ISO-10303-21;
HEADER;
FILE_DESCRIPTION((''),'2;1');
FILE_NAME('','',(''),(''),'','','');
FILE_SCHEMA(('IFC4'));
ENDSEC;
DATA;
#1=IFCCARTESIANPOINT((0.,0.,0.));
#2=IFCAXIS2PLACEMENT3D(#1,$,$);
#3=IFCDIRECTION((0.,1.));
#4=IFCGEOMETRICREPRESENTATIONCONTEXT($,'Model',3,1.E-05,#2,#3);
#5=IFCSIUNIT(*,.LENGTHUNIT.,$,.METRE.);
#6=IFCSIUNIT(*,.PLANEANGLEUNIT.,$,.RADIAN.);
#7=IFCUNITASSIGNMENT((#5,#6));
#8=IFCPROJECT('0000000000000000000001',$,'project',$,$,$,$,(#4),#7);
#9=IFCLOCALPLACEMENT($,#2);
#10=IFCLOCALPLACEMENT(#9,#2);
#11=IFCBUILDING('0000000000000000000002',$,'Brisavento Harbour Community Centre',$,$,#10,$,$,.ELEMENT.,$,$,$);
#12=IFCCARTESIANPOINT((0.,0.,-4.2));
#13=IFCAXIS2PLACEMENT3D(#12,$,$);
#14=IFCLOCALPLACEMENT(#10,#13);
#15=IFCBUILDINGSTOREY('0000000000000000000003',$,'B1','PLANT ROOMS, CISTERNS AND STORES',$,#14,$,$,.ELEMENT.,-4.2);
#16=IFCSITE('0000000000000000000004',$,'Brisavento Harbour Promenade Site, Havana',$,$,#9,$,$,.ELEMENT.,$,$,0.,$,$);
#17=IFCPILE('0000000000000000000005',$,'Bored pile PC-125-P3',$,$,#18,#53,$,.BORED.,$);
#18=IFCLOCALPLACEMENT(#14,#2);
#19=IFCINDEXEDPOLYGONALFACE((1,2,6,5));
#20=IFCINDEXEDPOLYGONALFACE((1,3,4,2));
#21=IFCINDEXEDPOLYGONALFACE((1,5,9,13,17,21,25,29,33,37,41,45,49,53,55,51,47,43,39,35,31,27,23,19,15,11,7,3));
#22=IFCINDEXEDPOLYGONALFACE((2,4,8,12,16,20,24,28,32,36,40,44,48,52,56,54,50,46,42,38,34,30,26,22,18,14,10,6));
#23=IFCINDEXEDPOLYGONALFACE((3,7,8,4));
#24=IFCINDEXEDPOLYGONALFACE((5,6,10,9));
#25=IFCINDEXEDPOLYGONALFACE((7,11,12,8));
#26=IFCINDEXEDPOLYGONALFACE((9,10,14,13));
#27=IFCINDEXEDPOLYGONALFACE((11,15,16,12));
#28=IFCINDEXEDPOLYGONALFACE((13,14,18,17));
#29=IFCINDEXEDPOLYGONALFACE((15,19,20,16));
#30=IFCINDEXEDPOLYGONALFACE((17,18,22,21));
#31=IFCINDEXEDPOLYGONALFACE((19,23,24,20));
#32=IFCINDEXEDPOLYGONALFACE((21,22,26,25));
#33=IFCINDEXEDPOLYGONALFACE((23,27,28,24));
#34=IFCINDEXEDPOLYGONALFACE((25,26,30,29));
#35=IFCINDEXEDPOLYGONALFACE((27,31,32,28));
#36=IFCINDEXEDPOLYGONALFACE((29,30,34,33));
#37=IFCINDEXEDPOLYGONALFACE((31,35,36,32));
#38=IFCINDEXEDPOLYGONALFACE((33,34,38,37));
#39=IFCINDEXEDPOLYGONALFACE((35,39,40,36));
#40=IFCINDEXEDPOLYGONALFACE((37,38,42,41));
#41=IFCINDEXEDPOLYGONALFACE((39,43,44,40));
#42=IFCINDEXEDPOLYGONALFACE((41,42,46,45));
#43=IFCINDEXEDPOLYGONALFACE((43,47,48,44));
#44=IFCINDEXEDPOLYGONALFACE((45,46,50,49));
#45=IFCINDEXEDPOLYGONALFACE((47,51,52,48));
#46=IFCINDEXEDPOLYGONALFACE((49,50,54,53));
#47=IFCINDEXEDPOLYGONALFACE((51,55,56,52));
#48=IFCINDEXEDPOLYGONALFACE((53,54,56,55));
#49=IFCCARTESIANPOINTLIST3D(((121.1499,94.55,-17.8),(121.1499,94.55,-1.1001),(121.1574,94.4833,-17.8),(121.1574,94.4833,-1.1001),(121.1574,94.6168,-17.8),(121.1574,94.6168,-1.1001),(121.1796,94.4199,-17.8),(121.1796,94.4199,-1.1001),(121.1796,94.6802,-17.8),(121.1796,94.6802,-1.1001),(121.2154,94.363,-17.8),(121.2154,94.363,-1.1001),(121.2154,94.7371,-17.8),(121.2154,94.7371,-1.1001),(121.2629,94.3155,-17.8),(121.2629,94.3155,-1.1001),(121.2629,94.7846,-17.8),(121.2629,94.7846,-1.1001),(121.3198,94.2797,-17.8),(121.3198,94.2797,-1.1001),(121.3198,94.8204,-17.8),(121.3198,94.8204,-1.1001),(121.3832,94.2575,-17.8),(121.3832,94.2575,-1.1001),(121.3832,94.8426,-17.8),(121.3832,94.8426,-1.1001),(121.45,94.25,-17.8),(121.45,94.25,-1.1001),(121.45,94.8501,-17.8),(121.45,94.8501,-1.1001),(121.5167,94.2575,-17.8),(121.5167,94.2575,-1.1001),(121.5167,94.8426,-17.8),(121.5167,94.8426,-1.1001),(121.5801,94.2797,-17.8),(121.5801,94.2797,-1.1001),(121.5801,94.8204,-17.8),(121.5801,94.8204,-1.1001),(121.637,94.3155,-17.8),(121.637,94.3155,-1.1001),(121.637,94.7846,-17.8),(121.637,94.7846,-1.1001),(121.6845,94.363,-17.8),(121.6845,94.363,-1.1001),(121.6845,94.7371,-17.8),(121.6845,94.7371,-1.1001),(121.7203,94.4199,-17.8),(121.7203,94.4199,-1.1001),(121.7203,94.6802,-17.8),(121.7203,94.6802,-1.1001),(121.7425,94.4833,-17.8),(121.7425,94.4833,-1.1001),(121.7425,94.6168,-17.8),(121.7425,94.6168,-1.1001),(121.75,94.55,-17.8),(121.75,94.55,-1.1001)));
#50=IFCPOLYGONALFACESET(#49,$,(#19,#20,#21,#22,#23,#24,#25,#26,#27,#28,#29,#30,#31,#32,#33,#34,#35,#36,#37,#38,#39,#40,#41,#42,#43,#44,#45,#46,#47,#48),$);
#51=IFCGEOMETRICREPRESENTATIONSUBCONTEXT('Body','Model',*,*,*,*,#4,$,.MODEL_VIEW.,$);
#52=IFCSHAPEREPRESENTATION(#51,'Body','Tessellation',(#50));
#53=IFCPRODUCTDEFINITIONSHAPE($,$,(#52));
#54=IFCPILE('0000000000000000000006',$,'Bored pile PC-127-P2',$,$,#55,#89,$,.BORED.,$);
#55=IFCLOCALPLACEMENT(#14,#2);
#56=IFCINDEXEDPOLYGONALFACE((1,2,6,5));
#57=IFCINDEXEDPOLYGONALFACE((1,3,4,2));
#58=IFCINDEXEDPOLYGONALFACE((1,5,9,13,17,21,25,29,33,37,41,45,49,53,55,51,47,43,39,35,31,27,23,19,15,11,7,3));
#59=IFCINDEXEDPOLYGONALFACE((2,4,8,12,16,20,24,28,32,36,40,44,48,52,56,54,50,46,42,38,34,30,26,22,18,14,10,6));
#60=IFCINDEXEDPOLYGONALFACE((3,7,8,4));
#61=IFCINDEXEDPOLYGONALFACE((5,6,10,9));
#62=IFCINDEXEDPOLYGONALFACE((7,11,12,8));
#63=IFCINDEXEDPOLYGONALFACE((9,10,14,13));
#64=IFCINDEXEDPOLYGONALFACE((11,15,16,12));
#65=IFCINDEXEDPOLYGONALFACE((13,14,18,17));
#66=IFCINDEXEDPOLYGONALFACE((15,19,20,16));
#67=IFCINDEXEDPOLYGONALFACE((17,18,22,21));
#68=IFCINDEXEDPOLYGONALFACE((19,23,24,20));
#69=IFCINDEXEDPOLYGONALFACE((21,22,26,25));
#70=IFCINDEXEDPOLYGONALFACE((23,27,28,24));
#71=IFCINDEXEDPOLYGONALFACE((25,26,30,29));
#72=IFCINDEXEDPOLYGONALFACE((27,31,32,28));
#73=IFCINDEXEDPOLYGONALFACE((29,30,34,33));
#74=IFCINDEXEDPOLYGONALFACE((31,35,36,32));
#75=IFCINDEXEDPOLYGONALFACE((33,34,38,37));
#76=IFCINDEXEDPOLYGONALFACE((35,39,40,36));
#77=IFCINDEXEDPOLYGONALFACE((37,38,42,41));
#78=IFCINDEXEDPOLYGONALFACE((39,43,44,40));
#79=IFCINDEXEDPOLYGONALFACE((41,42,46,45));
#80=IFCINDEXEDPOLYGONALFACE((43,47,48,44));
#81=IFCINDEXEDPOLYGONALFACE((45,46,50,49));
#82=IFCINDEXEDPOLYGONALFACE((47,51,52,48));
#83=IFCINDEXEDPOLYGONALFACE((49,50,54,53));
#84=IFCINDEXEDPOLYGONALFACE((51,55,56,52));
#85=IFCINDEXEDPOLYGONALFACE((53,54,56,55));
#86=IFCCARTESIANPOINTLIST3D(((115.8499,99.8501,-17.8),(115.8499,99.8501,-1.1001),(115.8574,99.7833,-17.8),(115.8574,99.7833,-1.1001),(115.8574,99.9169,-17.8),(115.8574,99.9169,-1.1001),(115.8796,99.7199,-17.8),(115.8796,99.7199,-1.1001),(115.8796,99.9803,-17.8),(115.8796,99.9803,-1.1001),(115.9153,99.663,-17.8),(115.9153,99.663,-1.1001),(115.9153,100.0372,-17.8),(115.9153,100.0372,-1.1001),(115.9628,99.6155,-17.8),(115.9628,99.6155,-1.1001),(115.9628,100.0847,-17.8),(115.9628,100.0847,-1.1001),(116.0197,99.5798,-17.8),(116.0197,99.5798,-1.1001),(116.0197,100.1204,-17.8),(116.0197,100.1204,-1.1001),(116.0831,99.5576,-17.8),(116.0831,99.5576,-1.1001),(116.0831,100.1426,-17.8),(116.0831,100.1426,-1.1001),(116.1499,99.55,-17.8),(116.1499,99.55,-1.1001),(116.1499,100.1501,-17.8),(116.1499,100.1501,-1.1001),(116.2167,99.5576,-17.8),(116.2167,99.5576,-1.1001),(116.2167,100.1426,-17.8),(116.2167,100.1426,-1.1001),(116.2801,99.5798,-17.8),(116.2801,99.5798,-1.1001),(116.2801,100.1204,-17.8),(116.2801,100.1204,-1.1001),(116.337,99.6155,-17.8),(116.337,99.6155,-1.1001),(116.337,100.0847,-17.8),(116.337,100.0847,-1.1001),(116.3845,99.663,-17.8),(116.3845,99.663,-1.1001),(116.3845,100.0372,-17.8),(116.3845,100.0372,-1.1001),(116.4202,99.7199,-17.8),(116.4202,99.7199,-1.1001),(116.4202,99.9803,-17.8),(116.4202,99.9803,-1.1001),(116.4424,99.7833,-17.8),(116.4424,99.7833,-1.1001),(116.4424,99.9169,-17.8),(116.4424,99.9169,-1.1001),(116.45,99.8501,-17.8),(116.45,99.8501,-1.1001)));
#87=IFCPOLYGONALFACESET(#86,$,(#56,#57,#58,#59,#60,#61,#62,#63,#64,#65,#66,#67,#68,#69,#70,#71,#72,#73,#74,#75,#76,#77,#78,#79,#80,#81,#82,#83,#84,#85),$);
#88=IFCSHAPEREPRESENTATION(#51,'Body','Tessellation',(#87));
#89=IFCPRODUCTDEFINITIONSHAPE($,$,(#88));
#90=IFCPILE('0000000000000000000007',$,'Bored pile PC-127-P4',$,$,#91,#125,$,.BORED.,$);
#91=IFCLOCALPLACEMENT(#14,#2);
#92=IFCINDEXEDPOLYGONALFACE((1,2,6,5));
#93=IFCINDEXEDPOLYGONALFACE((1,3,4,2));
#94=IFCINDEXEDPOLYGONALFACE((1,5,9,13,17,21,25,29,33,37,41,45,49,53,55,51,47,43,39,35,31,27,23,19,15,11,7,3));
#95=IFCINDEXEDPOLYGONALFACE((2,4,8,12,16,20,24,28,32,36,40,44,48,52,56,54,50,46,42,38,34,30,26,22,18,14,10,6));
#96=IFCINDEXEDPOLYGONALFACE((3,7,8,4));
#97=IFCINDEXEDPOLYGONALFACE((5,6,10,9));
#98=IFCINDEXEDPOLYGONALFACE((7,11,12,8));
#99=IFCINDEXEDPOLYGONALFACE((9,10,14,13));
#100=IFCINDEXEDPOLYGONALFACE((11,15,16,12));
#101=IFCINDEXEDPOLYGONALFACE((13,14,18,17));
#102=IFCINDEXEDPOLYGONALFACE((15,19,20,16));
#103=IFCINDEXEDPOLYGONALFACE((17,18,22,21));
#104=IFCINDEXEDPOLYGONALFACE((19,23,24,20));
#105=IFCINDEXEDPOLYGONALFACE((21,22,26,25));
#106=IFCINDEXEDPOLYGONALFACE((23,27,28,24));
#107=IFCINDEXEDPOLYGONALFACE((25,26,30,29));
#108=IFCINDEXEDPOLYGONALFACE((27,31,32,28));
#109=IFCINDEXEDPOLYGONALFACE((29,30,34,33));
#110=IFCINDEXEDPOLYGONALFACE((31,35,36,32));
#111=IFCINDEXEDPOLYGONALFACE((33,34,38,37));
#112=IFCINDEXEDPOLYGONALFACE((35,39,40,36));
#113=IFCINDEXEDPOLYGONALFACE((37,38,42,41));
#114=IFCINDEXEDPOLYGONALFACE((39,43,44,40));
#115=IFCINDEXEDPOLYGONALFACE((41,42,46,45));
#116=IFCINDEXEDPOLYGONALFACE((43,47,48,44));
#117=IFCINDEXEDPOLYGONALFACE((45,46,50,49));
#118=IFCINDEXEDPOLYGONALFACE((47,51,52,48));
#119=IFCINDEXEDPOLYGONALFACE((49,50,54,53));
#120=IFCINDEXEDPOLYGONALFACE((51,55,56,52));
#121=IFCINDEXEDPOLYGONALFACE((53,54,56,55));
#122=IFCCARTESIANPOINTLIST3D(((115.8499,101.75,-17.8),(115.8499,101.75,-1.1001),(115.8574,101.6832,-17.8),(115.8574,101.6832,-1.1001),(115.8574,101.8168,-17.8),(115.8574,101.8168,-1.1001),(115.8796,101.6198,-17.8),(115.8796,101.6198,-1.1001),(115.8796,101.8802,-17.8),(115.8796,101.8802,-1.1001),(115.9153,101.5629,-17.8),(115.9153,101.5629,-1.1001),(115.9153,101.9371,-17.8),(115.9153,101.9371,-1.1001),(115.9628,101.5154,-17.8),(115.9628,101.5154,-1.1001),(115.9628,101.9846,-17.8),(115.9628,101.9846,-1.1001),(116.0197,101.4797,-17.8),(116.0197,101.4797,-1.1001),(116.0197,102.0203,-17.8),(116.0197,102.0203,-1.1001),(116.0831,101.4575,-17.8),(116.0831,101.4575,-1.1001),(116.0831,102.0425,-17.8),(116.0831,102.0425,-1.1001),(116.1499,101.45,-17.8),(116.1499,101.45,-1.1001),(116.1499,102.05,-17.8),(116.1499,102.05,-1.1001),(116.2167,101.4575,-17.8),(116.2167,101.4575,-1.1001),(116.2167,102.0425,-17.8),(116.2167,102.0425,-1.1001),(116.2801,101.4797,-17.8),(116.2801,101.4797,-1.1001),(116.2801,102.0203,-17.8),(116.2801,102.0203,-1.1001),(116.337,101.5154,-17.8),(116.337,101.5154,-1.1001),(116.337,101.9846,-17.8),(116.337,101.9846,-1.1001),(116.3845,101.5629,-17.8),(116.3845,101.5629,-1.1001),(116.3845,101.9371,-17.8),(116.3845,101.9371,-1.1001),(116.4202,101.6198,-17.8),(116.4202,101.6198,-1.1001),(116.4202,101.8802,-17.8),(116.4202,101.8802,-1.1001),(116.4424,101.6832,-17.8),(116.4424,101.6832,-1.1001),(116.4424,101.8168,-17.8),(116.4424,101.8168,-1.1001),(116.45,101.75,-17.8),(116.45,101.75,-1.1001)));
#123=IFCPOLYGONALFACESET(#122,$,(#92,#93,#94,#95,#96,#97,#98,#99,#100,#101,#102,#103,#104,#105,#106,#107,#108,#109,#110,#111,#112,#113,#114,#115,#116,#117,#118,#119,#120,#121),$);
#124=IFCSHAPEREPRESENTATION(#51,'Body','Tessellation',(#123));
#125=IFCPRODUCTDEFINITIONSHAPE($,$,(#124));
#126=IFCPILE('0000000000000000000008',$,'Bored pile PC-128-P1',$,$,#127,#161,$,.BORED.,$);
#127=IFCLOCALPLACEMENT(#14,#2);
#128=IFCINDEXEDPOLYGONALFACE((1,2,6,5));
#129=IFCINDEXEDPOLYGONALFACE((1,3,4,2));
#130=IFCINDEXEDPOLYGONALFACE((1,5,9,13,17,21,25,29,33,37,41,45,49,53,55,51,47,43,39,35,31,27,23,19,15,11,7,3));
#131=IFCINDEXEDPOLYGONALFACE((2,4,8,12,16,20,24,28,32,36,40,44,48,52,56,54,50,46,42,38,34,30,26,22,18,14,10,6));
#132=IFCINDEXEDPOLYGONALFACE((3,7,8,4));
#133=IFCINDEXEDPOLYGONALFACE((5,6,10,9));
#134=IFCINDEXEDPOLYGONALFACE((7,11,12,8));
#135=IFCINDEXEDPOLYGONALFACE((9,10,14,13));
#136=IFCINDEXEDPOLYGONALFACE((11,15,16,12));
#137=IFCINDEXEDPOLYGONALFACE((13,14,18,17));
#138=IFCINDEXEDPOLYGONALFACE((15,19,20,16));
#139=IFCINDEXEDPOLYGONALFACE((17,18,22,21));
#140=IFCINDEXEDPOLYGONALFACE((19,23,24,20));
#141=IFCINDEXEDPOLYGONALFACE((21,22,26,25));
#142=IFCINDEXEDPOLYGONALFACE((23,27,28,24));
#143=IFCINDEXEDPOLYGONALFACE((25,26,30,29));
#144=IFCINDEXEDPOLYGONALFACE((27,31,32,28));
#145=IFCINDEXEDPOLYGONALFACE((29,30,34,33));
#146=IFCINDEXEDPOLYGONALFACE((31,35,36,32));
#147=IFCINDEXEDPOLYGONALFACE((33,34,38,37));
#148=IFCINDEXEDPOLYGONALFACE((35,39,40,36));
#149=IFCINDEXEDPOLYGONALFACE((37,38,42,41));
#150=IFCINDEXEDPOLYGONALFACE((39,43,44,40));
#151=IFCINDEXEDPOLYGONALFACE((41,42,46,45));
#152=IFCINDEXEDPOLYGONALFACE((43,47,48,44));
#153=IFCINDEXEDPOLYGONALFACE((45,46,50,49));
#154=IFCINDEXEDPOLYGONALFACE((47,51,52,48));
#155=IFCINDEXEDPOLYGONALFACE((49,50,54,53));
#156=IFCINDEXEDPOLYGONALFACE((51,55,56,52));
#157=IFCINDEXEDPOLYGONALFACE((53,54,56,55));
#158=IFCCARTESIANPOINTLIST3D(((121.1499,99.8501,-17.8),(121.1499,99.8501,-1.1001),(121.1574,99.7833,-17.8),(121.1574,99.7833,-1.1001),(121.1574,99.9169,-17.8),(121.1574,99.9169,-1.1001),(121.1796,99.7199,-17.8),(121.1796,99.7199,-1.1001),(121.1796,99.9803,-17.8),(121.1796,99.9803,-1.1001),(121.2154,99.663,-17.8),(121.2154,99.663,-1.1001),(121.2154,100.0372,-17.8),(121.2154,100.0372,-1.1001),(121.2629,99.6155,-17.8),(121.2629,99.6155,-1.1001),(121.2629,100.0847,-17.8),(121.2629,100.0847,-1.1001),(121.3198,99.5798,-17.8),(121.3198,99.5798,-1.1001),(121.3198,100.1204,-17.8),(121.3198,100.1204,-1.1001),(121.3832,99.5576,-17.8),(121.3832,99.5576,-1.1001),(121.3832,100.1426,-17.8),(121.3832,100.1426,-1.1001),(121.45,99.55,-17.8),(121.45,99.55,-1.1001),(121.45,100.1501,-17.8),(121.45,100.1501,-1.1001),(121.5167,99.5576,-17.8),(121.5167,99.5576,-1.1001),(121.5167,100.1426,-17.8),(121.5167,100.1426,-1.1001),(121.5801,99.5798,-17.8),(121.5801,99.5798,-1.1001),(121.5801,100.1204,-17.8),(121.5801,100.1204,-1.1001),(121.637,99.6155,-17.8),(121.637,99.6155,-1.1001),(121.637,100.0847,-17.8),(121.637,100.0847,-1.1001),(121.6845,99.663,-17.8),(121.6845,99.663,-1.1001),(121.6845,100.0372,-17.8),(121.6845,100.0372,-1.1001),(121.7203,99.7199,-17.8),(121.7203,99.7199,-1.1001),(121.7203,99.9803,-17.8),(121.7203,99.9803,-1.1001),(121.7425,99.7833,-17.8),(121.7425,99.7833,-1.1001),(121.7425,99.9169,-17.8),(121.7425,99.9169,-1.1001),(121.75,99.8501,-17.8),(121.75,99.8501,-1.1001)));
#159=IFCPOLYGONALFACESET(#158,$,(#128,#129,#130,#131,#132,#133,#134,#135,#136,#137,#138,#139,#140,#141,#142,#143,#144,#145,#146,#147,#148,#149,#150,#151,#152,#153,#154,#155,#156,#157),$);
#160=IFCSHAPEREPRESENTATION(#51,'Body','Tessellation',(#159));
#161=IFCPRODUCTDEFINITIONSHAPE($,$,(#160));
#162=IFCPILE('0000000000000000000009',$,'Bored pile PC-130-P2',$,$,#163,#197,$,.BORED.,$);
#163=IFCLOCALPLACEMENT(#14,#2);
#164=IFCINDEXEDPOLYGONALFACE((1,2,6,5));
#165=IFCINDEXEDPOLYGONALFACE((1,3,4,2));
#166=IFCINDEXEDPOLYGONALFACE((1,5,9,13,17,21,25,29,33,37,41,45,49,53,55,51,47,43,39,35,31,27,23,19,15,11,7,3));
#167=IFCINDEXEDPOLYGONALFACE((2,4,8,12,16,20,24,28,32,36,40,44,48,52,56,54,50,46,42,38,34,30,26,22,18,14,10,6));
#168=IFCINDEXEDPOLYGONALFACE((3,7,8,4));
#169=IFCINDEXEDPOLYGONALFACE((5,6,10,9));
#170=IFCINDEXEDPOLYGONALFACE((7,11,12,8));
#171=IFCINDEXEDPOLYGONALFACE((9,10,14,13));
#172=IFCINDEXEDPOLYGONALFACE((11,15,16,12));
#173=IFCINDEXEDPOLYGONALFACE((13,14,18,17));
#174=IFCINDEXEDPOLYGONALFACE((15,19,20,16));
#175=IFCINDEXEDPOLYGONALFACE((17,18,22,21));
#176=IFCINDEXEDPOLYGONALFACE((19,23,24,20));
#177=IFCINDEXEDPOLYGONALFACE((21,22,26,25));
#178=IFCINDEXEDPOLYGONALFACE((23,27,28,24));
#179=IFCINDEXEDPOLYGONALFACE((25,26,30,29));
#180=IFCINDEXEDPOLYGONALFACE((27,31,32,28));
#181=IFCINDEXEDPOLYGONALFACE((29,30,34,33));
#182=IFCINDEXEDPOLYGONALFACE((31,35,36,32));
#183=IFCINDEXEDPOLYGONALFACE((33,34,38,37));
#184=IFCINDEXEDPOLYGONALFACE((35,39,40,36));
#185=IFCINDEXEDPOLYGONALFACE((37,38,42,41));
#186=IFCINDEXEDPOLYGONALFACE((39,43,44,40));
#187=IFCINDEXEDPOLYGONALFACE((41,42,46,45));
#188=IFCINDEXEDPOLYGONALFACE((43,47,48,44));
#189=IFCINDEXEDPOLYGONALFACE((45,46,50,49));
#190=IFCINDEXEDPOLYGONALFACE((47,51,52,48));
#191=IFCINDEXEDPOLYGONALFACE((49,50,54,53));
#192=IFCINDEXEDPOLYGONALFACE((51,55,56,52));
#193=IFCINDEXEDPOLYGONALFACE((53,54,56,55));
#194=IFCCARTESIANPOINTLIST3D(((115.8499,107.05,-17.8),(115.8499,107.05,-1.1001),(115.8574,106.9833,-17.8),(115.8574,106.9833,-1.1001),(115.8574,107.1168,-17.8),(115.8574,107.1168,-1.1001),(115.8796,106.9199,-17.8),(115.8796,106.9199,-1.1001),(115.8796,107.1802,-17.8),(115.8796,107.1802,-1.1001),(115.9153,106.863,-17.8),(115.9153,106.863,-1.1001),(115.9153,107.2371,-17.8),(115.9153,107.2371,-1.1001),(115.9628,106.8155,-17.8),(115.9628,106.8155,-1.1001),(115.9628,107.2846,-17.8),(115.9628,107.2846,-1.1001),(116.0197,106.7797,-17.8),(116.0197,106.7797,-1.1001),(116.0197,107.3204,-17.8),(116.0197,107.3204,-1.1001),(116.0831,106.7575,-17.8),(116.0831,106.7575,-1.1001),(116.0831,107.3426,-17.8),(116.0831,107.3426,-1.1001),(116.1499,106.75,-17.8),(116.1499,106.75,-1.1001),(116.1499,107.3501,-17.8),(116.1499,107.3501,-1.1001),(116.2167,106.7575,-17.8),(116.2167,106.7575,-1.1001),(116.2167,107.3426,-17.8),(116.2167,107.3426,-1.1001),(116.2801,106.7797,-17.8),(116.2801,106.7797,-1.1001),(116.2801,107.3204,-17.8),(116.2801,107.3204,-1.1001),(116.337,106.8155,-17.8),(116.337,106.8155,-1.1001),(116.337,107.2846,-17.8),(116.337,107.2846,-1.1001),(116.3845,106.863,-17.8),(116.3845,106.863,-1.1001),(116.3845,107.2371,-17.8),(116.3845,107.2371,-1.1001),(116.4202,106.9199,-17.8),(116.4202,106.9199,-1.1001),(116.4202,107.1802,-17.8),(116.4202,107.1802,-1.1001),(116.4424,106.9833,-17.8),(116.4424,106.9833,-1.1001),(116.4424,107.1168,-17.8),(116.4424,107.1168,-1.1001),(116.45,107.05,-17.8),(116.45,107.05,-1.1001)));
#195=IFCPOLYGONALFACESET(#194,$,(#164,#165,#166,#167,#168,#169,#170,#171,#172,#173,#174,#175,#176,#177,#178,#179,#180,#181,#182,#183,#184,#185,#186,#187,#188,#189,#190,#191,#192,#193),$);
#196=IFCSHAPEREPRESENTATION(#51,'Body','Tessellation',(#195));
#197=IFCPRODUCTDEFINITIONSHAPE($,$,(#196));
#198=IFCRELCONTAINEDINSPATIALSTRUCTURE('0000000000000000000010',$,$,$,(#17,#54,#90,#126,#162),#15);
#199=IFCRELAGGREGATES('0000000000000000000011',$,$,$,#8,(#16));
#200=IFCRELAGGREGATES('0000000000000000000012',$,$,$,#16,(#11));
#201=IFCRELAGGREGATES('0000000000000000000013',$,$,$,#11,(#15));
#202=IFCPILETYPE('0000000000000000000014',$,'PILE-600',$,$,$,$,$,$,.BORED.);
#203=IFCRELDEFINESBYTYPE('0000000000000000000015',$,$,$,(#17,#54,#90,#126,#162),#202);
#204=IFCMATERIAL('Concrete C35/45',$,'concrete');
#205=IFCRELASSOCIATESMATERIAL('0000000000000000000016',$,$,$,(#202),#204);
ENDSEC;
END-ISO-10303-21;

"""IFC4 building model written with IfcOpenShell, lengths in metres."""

from ifc_helpers import new_model, si_unit, direction, frame, origin, origin_2d, place, context, subcontext, project, spatial, circle, extrude, material, material_profile, profile_set, type_object, element, save


model = new_model("IFC4")

# Units and contexts
model_context = context("Model", 3, precision=1e-05, world=origin(), true_north=direction((0.0, 1.0)))
body_context = subcontext(model_context, "Body", "Model", "MODEL_VIEW")
ifc_project = project(units=[si_unit("LENGTHUNIT", "METRE"), si_unit("PLANEANGLEUNIT", "RADIAN")], contexts=[model_context])

# Site, building, storey
site_placement = place(None, origin())
site = spatial("IfcSite", under=ifc_project, at=site_placement, Name="Brisavento Harbour Promenade Site, Havana", CompositionType="ELEMENT", RefElevation=0.0)
building_placement = place(site_placement, origin())
building = spatial("IfcBuilding", under=site, at=building_placement, Name="Brisavento Harbour Community Centre", CompositionType="ELEMENT")
storey_placement = place(building_placement, frame((0.0, 0.0, -4.2)))
storey = spatial("IfcBuildingStorey", under=building, at=storey_placement, Name="B1", Description="PLANT ROOMS, CISTERNS AND STORES", CompositionType="ELEMENT", Elevation=-4.2)

# Shared definitions
ifc_material_1 = material(Name="Concrete C35/45", Category="concrete")

# Piles
ifc_material_profile_1 = material_profile(ifc_material_1, circle(Radius=0.3, at=origin_2d()), Name="Concrete C35/45")
ifc_profile_set_1 = profile_set([ifc_material_profile_1], Name="Concrete C35/45")
pile_type = type_object("IfcPileType", Name="PILE-600", PredefinedType="BORED", material=ifc_profile_set_1)
for number, where, z_axis, x_axis, name in (
    (1, (121.45, 94.55, -1.1001), (0.0, 0.0, -1.0), (1.0, 0.0, 0.0), "Bored pile PC-125-P3"),
    (2, (116.1499, 99.8501, -1.1001), (0.0, 0.0, -1.0), (1.0, 0.0, 0.0), "Bored pile PC-127-P2"),
    (3, (116.1499, 101.75, -1.1001), (0.0, 0.0, -1.0), (1.0, 0.0, 0.0), "Bored pile PC-127-P4"),
    (4, (121.45, 99.8501, -1.1001), (0.0, 0.0, -1.0), (1.0, 0.0, 0.0), "Bored pile PC-128-P1"),
    (5, (116.1499, 107.05, -1.1001), (0.0, 0.0, -1.0), (1.0, 0.0, 0.0), "Bored pile PC-130-P2"),
):
    element("IfcPile", number, at=place(storey_placement, frame(where, z_axis=z_axis, x_axis=x_axis)), inside=storey, type_object=pile_type, Name=name, PredefinedType="BORED", context=body_context, shape_type="SweptSolid", body=[
        extrude(circle(Radius=0.3, at=origin_2d()), origin(), (0.0, 0.0, 1.0), 16.7),
    ])

save(model, "model.ifc")
